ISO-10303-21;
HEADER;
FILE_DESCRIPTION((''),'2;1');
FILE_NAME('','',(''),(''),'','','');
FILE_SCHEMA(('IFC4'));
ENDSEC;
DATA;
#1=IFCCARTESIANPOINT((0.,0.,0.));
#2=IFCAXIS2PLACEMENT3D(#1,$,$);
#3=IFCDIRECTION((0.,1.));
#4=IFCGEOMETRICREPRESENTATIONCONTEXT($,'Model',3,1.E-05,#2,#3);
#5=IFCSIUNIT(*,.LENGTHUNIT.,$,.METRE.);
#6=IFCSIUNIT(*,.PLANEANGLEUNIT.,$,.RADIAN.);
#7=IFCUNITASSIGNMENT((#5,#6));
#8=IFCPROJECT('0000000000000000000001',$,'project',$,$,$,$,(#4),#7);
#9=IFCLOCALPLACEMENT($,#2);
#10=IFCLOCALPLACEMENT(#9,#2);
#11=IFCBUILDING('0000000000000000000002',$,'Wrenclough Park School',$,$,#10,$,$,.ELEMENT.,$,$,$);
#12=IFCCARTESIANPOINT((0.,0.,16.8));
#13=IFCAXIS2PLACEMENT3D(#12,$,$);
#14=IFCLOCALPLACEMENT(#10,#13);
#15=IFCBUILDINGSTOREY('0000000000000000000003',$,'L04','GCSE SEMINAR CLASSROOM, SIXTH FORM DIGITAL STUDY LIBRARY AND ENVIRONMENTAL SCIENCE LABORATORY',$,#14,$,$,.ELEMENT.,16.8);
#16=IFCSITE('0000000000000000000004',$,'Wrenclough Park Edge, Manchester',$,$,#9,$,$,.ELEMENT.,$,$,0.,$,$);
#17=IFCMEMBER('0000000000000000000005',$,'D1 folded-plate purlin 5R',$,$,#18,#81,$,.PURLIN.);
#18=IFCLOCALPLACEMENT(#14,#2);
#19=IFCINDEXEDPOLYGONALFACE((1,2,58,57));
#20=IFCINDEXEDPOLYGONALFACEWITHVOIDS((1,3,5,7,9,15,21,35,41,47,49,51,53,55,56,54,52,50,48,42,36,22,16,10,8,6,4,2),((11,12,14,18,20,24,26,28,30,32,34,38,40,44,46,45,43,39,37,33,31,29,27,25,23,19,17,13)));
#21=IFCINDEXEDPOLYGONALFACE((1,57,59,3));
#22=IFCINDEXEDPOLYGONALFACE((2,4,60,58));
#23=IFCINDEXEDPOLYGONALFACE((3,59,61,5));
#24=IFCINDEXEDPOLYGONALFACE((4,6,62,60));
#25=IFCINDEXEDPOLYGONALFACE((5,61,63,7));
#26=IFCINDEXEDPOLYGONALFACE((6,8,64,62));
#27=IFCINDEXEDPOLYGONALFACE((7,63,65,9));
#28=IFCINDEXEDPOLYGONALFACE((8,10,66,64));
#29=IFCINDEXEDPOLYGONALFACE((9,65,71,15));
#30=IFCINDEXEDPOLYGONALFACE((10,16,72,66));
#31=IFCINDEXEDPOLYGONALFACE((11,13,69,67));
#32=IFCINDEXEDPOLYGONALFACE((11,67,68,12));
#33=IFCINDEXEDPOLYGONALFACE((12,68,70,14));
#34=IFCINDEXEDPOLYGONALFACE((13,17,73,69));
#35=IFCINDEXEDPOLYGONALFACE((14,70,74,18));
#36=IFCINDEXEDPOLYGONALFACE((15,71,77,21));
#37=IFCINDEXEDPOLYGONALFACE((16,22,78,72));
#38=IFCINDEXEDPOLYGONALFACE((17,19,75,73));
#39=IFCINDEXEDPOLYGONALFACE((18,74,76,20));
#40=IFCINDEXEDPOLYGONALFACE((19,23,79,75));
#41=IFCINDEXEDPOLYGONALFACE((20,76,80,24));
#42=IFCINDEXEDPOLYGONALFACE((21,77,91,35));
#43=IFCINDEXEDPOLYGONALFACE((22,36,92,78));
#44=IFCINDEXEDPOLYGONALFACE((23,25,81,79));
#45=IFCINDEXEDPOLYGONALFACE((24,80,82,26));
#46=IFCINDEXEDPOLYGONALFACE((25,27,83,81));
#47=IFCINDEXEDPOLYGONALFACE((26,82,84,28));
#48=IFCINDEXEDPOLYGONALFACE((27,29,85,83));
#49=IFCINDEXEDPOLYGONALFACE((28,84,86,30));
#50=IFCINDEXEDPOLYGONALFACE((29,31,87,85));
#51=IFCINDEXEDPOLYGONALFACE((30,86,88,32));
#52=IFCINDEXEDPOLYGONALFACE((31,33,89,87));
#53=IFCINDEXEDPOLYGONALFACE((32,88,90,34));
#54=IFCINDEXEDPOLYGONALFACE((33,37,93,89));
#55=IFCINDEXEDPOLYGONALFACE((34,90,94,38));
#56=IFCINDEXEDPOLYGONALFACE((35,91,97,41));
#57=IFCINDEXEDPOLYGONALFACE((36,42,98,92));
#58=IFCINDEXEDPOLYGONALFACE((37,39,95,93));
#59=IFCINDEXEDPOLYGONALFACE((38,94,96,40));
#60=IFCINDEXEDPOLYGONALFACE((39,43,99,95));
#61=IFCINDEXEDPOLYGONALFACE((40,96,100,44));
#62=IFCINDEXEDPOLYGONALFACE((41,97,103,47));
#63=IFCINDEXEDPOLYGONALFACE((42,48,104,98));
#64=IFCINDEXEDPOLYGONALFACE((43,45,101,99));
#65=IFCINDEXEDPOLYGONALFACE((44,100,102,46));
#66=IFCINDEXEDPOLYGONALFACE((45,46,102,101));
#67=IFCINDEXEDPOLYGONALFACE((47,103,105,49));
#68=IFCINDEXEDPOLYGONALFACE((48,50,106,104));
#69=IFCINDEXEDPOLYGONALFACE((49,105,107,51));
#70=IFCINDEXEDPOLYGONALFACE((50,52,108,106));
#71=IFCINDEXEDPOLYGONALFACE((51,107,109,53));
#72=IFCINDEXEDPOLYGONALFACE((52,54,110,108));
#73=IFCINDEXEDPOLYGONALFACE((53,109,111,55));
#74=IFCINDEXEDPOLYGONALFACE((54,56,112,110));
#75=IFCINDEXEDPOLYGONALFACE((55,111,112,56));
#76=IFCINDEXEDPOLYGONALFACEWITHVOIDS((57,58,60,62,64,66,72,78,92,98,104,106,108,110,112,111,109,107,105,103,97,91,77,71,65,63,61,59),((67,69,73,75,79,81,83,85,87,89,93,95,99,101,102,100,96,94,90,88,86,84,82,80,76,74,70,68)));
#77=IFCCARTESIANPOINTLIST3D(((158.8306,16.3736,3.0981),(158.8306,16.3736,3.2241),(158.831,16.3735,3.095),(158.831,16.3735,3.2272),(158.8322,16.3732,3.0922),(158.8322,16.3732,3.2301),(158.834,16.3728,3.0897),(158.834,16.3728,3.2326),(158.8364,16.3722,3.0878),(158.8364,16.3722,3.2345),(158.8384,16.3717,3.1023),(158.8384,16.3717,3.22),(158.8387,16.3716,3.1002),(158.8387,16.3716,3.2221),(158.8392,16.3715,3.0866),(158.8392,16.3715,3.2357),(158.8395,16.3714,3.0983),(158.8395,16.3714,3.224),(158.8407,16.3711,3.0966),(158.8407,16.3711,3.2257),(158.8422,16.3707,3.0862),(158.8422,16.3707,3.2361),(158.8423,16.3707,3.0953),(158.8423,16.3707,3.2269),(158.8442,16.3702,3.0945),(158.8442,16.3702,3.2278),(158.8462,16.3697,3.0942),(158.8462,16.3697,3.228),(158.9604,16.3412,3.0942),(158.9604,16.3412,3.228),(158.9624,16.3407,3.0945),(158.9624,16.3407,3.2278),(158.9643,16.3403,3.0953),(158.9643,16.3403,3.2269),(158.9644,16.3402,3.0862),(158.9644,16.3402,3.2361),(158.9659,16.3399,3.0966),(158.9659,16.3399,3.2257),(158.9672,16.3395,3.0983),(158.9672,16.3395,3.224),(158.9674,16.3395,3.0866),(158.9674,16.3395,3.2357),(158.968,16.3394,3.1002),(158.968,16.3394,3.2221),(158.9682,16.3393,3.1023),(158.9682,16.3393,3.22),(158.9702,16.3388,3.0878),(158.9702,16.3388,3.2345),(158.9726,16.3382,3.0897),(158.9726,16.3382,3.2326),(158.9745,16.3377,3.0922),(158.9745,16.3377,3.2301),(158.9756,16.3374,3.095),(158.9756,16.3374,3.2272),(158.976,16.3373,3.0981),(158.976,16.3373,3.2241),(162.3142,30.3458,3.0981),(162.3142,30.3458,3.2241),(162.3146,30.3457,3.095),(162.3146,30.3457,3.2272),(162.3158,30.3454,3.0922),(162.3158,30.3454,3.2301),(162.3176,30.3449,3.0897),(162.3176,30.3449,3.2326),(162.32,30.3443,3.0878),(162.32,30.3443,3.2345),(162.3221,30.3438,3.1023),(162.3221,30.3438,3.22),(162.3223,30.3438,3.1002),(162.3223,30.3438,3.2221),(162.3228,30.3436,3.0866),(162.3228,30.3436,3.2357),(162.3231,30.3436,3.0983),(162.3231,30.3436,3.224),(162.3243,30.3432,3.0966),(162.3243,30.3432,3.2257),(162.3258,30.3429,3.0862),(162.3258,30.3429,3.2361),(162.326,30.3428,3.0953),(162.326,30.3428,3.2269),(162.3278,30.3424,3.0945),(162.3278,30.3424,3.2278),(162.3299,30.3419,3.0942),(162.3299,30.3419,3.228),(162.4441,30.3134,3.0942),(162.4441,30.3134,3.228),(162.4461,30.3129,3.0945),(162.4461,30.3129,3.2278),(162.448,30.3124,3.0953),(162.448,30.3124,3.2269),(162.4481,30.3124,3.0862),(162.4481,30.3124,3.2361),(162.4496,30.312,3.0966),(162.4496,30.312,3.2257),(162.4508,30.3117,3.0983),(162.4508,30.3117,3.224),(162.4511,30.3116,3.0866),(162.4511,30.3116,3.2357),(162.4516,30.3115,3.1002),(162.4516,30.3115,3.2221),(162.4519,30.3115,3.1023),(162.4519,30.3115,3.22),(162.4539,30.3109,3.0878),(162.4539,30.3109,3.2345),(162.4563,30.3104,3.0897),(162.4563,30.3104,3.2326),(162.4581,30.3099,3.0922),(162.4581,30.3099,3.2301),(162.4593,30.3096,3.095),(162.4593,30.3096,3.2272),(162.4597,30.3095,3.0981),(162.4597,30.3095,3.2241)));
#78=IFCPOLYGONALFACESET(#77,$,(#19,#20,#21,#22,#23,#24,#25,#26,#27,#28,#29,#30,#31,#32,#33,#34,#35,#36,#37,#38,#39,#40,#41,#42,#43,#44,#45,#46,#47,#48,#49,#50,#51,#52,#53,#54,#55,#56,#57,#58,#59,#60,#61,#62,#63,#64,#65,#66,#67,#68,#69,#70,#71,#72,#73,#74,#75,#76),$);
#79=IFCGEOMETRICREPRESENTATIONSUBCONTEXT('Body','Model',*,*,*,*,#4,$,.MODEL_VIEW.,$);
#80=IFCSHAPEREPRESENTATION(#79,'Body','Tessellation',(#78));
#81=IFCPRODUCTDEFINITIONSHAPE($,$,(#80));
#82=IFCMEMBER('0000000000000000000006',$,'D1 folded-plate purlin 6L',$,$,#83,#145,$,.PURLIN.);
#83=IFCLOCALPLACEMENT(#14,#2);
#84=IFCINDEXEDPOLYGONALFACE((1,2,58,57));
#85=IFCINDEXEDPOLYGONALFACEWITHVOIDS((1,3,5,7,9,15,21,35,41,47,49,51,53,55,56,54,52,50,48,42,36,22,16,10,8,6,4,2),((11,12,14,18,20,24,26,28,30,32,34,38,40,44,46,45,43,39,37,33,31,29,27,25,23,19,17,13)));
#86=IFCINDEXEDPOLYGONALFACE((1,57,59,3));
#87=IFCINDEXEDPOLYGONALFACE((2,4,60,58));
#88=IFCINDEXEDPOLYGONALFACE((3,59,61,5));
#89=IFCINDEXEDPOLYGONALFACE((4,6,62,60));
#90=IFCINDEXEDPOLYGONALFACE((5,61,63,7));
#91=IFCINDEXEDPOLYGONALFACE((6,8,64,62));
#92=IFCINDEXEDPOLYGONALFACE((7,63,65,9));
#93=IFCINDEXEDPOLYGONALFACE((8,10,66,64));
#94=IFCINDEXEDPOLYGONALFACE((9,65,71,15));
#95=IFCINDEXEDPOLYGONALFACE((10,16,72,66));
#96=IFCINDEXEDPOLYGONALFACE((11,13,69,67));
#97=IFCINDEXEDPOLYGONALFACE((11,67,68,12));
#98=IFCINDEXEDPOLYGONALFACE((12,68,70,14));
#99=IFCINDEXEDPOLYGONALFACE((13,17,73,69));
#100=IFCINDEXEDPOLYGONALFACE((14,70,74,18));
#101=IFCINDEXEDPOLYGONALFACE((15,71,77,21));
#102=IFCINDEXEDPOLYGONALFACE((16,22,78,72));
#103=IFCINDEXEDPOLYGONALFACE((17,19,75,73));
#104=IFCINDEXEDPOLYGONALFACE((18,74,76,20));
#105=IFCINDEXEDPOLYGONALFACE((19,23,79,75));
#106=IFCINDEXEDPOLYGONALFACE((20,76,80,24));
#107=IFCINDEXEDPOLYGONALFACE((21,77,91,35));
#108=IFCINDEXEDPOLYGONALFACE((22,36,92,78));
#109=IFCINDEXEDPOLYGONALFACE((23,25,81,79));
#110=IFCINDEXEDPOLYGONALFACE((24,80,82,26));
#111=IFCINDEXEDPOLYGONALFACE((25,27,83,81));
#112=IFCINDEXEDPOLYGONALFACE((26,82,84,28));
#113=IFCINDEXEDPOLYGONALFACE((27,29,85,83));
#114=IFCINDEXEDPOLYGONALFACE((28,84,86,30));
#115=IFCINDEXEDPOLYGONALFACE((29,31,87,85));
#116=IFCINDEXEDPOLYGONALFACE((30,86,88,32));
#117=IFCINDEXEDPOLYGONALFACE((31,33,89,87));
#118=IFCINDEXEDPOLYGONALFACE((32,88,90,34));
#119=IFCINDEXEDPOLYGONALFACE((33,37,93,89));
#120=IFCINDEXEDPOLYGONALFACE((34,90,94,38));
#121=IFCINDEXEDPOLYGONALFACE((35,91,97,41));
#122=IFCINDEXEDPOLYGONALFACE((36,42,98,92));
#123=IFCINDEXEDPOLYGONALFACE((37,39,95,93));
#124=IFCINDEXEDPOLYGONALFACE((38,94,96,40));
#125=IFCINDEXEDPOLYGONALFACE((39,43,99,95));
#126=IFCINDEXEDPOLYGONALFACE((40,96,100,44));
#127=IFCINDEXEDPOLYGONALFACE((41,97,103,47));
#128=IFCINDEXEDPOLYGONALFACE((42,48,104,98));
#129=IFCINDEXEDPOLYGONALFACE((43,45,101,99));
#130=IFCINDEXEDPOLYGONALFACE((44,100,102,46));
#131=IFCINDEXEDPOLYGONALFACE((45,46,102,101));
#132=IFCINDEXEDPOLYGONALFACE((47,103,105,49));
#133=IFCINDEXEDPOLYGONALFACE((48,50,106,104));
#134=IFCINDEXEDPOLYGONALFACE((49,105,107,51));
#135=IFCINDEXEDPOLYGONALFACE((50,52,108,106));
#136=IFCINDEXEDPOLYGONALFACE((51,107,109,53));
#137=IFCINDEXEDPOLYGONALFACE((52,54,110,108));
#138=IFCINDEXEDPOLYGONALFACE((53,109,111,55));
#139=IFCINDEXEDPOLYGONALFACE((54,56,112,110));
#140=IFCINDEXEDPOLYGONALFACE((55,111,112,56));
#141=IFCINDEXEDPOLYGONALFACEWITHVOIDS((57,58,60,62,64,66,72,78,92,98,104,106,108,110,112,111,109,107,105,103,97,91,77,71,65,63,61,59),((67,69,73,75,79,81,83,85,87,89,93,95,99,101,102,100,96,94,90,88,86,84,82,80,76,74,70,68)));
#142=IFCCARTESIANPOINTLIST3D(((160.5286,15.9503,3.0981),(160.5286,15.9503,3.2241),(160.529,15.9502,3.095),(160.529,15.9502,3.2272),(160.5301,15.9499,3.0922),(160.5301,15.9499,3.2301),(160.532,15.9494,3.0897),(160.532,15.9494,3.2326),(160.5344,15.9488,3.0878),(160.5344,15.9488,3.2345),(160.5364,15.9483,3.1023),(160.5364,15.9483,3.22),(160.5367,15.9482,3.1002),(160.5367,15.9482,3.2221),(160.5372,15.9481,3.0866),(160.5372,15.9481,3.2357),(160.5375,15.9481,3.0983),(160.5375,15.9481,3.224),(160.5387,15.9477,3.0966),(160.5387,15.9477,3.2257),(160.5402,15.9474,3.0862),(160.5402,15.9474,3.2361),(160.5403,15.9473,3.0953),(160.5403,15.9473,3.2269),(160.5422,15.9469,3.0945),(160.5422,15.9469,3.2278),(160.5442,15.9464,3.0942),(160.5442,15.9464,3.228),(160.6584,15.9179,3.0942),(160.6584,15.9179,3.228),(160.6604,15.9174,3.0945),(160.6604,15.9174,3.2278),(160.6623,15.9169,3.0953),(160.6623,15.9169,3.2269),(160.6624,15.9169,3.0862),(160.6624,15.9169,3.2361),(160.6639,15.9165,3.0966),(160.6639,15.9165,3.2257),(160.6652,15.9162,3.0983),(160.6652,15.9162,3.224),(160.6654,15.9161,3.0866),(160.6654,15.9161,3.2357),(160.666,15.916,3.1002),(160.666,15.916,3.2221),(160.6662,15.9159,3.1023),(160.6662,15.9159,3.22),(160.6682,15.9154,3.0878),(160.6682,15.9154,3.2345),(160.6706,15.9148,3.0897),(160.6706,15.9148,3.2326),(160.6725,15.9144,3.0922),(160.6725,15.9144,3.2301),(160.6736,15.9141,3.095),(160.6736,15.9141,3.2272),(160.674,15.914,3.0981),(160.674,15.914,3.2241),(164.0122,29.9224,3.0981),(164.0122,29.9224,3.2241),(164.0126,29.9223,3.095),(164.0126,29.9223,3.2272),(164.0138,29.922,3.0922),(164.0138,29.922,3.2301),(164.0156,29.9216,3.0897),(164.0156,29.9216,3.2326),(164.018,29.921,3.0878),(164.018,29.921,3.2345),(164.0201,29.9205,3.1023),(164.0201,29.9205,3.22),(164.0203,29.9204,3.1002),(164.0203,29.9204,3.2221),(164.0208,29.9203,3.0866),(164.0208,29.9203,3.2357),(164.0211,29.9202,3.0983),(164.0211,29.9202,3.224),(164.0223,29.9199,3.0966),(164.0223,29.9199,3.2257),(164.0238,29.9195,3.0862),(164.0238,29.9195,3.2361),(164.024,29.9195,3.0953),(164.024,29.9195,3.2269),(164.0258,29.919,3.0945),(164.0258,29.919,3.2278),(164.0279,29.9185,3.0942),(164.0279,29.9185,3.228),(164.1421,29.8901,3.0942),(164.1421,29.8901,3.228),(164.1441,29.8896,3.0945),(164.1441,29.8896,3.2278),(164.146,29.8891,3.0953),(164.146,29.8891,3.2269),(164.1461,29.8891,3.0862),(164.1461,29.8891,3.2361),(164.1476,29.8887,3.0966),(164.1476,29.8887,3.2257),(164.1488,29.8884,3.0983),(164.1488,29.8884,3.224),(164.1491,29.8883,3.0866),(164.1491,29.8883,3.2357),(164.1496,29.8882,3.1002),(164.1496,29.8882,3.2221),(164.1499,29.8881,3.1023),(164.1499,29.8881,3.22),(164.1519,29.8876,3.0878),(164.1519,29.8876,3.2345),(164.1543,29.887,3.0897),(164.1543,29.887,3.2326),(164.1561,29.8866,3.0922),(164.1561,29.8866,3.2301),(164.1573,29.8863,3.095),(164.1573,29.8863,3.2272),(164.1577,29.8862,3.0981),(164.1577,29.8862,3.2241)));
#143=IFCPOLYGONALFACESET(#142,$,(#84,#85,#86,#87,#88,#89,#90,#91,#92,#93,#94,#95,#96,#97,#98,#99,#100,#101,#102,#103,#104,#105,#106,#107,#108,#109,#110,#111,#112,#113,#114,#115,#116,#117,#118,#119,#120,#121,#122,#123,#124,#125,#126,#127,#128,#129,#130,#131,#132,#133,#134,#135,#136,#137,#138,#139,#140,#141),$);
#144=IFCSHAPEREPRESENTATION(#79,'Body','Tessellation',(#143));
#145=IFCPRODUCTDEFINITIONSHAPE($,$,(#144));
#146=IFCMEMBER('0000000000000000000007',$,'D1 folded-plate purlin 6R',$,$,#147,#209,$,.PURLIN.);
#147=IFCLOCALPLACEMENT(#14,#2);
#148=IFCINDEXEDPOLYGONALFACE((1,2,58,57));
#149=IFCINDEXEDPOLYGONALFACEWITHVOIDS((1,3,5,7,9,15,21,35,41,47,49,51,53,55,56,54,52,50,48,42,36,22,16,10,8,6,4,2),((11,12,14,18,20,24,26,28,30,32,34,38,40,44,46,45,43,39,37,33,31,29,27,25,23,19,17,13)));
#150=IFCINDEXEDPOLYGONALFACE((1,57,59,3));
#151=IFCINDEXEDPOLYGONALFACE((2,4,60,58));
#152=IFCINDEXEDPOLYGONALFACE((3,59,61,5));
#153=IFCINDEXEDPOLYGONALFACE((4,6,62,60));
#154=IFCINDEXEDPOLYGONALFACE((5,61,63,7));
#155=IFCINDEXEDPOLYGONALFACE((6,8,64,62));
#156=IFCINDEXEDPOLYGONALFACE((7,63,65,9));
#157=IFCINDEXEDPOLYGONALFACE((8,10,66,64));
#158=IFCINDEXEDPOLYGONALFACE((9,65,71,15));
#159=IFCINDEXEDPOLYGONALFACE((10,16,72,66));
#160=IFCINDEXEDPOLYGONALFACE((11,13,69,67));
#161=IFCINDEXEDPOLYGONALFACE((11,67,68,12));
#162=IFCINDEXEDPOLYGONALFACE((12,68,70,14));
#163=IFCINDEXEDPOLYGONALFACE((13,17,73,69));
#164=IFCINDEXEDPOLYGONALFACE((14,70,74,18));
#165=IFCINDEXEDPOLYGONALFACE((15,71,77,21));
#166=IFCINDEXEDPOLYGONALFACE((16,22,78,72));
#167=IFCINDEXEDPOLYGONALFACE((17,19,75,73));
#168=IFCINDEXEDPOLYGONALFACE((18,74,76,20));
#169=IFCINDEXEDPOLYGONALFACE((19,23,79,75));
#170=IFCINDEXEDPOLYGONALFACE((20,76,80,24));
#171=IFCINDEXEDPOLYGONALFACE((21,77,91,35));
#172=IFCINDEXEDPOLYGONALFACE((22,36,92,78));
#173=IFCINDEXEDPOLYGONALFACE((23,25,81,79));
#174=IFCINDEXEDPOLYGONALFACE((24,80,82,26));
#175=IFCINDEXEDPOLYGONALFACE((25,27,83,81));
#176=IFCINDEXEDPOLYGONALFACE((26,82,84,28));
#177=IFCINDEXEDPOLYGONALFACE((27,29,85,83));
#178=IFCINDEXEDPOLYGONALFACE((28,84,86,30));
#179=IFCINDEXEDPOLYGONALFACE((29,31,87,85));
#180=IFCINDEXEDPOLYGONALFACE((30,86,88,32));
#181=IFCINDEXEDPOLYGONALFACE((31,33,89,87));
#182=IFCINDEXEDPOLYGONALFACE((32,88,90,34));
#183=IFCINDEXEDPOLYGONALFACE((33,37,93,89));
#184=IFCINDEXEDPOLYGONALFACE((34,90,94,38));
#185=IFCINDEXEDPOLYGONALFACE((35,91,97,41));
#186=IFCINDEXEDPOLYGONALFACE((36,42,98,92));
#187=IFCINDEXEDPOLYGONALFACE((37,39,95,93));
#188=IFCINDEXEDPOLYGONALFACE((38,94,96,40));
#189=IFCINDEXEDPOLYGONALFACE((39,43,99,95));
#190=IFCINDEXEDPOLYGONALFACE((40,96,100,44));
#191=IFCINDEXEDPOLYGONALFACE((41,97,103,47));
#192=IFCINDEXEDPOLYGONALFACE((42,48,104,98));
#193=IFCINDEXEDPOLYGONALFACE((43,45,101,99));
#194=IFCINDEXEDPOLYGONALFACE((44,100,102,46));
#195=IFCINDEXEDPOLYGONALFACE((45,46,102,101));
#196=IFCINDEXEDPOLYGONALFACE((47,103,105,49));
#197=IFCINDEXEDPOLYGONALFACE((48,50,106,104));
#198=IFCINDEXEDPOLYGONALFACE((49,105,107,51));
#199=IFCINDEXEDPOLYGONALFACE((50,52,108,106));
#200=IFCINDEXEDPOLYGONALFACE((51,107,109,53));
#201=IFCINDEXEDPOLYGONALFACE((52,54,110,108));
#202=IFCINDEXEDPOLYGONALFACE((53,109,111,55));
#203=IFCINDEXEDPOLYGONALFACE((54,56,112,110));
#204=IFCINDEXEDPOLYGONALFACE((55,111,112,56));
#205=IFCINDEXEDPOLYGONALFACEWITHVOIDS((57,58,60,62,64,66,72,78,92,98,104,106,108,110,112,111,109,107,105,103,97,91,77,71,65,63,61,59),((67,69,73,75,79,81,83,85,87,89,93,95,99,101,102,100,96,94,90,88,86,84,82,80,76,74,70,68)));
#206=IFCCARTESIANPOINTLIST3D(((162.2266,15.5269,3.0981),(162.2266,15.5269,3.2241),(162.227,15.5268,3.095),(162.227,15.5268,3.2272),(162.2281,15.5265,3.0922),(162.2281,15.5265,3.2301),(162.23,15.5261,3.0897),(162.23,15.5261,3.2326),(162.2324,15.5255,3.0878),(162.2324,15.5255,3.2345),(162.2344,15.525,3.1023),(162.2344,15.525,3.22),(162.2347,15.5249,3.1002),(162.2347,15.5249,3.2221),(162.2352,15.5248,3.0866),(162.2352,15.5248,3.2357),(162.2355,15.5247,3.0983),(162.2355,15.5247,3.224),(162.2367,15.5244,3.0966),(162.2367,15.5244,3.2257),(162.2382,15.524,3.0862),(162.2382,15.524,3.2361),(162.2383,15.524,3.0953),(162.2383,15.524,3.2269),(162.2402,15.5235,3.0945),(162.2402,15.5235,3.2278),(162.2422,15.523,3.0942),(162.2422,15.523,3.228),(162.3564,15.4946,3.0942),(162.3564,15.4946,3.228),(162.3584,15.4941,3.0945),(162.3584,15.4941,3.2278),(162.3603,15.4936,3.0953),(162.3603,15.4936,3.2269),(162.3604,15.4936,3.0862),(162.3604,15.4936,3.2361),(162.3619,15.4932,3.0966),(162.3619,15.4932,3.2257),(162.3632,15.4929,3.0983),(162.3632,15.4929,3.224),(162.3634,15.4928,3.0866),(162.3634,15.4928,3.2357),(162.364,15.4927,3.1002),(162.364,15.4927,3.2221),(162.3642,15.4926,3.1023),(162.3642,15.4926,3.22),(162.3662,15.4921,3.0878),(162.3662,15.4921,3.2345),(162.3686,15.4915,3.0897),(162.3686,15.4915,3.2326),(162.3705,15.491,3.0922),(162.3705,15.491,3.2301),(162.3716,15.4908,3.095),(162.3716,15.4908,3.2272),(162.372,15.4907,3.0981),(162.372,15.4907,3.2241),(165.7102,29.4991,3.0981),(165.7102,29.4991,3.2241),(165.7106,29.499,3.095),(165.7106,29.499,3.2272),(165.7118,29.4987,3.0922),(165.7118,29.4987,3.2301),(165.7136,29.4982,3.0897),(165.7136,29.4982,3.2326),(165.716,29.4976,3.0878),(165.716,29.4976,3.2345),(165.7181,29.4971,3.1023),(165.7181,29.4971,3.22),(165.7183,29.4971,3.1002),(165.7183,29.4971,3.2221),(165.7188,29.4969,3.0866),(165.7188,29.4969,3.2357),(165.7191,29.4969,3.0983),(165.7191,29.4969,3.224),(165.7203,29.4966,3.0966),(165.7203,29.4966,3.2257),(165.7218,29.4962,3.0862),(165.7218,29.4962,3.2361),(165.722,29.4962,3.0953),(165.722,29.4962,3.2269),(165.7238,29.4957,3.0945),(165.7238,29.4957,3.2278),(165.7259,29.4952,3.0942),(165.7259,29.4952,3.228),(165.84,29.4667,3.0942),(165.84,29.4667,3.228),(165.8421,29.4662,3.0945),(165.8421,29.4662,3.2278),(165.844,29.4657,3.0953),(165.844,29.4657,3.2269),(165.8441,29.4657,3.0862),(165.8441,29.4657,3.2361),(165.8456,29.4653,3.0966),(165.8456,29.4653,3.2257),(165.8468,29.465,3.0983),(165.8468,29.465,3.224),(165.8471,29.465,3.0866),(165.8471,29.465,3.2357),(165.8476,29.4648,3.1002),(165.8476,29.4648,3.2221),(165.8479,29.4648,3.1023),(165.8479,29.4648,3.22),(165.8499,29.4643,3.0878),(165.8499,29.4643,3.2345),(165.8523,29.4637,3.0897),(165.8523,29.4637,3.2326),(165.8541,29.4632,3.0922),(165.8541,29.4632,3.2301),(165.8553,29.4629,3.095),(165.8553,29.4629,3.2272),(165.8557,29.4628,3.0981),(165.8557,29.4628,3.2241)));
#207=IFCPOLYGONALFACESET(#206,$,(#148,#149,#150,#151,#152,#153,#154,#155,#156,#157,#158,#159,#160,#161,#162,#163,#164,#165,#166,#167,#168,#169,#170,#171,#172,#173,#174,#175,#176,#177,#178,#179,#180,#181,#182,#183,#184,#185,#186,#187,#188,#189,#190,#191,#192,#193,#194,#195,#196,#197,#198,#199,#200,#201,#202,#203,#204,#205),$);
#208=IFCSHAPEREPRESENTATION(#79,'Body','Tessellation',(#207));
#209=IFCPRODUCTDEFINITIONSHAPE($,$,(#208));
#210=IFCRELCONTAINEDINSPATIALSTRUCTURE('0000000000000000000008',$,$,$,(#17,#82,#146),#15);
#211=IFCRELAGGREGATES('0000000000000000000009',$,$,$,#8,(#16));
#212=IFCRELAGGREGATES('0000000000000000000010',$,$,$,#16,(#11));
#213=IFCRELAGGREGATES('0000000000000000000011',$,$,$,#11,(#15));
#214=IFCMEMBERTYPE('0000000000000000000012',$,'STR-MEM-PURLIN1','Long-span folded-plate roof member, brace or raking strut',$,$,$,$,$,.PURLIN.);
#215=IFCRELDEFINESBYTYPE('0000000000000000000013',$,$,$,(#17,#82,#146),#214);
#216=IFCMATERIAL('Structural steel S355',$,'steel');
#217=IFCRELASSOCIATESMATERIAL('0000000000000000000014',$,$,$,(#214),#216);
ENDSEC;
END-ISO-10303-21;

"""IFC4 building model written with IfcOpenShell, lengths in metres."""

from ifc_helpers import new_model, si_unit, direction, frame, origin, origin_2d, place, context, subcontext, project, spatial, hollow_rectangle, extrude, material, material_profile, profile_set, type_object, element, save


model = new_model("IFC4")

# Units and contexts
model_context = context("Model", 3, precision=1e-05, world=origin(), true_north=direction((0.0, 1.0)))
body_context = subcontext(model_context, "Body", "Model", "MODEL_VIEW")
ifc_project = project(units=[si_unit("LENGTHUNIT", "METRE"), si_unit("PLANEANGLEUNIT", "RADIAN")], contexts=[model_context])

# Site, building, storey
site_placement = place(None, origin())
site = spatial("IfcSite", under=ifc_project, at=site_placement, Name="Wrenclough Park Edge, Manchester", CompositionType="ELEMENT", RefElevation=0.0)
building_placement = place(site_placement, origin())
building = spatial("IfcBuilding", under=site, at=building_placement, Name="Wrenclough Park School", CompositionType="ELEMENT")
storey_placement = place(building_placement, frame((0.0, 0.0, 16.8)))
storey = spatial("IfcBuildingStorey", under=building, at=storey_placement, Name="L04", Description="GCSE SEMINAR CLASSROOM, SIXTH FORM DIGITAL STUDY LIBRARY AND ENVIRONMENTAL SCIENCE LABORATORY", CompositionType="ELEMENT", Elevation=16.8)

# Shared definitions
ifc_material_1 = material(Name="Structural steel S355", Category="steel")

# Members
ifc_material_profile_1 = material_profile(ifc_material_1, hollow_rectangle(XDim=0.1499, YDim=0.1499, WallThickness=0.0081, InnerFilletRadius=0.0081, OuterFilletRadius=0.012, at=origin_2d()), Name="SHS 150x150x8.0")
ifc_profile_set_1 = profile_set([ifc_material_profile_1], Name="Structural steel S355")
member_type_1 = type_object("IfcMemberType", Name="STR-MEM-PURLIN1", Description="Long-span folded-plate roof member, brace or raking strut", PredefinedType="PURLIN", material=ifc_profile_set_1)
for number, where, z_axis, x_axis, name in (
    (1, (158.9033, 16.3555, 3.1611), (0.241921, 0.970296, 0.0), (-0.970296, 0.241921, 0.0), "D1 folded-plate purlin 5R"),
    (2, (160.6013, 15.9321, 3.1611), (0.241921, 0.970296, 0.0), (-0.970296, 0.241921, 0.0), "D1 folded-plate purlin 6L"),
    (3, (162.2993, 15.5088, 3.1611), (0.241921, 0.970296, 0.0), (-0.970296, 0.241921, 0.0), "D1 folded-plate purlin 6R"),
):
    element("IfcMember", number, at=place(storey_placement, frame(where, z_axis=z_axis, x_axis=x_axis)), inside=storey, type_object=member_type_1, Name=name, PredefinedType="PURLIN", context=body_context, shape_type="SweptSolid", body=[
        extrude(hollow_rectangle(XDim=0.1499, YDim=0.1499, WallThickness=0.0081, InnerFilletRadius=0.0081, OuterFilletRadius=0.012, at=origin_2d()), origin(), (0.0, 0.0, 1.0), 14.3999),
    ])

save(model, "model.ifc")
